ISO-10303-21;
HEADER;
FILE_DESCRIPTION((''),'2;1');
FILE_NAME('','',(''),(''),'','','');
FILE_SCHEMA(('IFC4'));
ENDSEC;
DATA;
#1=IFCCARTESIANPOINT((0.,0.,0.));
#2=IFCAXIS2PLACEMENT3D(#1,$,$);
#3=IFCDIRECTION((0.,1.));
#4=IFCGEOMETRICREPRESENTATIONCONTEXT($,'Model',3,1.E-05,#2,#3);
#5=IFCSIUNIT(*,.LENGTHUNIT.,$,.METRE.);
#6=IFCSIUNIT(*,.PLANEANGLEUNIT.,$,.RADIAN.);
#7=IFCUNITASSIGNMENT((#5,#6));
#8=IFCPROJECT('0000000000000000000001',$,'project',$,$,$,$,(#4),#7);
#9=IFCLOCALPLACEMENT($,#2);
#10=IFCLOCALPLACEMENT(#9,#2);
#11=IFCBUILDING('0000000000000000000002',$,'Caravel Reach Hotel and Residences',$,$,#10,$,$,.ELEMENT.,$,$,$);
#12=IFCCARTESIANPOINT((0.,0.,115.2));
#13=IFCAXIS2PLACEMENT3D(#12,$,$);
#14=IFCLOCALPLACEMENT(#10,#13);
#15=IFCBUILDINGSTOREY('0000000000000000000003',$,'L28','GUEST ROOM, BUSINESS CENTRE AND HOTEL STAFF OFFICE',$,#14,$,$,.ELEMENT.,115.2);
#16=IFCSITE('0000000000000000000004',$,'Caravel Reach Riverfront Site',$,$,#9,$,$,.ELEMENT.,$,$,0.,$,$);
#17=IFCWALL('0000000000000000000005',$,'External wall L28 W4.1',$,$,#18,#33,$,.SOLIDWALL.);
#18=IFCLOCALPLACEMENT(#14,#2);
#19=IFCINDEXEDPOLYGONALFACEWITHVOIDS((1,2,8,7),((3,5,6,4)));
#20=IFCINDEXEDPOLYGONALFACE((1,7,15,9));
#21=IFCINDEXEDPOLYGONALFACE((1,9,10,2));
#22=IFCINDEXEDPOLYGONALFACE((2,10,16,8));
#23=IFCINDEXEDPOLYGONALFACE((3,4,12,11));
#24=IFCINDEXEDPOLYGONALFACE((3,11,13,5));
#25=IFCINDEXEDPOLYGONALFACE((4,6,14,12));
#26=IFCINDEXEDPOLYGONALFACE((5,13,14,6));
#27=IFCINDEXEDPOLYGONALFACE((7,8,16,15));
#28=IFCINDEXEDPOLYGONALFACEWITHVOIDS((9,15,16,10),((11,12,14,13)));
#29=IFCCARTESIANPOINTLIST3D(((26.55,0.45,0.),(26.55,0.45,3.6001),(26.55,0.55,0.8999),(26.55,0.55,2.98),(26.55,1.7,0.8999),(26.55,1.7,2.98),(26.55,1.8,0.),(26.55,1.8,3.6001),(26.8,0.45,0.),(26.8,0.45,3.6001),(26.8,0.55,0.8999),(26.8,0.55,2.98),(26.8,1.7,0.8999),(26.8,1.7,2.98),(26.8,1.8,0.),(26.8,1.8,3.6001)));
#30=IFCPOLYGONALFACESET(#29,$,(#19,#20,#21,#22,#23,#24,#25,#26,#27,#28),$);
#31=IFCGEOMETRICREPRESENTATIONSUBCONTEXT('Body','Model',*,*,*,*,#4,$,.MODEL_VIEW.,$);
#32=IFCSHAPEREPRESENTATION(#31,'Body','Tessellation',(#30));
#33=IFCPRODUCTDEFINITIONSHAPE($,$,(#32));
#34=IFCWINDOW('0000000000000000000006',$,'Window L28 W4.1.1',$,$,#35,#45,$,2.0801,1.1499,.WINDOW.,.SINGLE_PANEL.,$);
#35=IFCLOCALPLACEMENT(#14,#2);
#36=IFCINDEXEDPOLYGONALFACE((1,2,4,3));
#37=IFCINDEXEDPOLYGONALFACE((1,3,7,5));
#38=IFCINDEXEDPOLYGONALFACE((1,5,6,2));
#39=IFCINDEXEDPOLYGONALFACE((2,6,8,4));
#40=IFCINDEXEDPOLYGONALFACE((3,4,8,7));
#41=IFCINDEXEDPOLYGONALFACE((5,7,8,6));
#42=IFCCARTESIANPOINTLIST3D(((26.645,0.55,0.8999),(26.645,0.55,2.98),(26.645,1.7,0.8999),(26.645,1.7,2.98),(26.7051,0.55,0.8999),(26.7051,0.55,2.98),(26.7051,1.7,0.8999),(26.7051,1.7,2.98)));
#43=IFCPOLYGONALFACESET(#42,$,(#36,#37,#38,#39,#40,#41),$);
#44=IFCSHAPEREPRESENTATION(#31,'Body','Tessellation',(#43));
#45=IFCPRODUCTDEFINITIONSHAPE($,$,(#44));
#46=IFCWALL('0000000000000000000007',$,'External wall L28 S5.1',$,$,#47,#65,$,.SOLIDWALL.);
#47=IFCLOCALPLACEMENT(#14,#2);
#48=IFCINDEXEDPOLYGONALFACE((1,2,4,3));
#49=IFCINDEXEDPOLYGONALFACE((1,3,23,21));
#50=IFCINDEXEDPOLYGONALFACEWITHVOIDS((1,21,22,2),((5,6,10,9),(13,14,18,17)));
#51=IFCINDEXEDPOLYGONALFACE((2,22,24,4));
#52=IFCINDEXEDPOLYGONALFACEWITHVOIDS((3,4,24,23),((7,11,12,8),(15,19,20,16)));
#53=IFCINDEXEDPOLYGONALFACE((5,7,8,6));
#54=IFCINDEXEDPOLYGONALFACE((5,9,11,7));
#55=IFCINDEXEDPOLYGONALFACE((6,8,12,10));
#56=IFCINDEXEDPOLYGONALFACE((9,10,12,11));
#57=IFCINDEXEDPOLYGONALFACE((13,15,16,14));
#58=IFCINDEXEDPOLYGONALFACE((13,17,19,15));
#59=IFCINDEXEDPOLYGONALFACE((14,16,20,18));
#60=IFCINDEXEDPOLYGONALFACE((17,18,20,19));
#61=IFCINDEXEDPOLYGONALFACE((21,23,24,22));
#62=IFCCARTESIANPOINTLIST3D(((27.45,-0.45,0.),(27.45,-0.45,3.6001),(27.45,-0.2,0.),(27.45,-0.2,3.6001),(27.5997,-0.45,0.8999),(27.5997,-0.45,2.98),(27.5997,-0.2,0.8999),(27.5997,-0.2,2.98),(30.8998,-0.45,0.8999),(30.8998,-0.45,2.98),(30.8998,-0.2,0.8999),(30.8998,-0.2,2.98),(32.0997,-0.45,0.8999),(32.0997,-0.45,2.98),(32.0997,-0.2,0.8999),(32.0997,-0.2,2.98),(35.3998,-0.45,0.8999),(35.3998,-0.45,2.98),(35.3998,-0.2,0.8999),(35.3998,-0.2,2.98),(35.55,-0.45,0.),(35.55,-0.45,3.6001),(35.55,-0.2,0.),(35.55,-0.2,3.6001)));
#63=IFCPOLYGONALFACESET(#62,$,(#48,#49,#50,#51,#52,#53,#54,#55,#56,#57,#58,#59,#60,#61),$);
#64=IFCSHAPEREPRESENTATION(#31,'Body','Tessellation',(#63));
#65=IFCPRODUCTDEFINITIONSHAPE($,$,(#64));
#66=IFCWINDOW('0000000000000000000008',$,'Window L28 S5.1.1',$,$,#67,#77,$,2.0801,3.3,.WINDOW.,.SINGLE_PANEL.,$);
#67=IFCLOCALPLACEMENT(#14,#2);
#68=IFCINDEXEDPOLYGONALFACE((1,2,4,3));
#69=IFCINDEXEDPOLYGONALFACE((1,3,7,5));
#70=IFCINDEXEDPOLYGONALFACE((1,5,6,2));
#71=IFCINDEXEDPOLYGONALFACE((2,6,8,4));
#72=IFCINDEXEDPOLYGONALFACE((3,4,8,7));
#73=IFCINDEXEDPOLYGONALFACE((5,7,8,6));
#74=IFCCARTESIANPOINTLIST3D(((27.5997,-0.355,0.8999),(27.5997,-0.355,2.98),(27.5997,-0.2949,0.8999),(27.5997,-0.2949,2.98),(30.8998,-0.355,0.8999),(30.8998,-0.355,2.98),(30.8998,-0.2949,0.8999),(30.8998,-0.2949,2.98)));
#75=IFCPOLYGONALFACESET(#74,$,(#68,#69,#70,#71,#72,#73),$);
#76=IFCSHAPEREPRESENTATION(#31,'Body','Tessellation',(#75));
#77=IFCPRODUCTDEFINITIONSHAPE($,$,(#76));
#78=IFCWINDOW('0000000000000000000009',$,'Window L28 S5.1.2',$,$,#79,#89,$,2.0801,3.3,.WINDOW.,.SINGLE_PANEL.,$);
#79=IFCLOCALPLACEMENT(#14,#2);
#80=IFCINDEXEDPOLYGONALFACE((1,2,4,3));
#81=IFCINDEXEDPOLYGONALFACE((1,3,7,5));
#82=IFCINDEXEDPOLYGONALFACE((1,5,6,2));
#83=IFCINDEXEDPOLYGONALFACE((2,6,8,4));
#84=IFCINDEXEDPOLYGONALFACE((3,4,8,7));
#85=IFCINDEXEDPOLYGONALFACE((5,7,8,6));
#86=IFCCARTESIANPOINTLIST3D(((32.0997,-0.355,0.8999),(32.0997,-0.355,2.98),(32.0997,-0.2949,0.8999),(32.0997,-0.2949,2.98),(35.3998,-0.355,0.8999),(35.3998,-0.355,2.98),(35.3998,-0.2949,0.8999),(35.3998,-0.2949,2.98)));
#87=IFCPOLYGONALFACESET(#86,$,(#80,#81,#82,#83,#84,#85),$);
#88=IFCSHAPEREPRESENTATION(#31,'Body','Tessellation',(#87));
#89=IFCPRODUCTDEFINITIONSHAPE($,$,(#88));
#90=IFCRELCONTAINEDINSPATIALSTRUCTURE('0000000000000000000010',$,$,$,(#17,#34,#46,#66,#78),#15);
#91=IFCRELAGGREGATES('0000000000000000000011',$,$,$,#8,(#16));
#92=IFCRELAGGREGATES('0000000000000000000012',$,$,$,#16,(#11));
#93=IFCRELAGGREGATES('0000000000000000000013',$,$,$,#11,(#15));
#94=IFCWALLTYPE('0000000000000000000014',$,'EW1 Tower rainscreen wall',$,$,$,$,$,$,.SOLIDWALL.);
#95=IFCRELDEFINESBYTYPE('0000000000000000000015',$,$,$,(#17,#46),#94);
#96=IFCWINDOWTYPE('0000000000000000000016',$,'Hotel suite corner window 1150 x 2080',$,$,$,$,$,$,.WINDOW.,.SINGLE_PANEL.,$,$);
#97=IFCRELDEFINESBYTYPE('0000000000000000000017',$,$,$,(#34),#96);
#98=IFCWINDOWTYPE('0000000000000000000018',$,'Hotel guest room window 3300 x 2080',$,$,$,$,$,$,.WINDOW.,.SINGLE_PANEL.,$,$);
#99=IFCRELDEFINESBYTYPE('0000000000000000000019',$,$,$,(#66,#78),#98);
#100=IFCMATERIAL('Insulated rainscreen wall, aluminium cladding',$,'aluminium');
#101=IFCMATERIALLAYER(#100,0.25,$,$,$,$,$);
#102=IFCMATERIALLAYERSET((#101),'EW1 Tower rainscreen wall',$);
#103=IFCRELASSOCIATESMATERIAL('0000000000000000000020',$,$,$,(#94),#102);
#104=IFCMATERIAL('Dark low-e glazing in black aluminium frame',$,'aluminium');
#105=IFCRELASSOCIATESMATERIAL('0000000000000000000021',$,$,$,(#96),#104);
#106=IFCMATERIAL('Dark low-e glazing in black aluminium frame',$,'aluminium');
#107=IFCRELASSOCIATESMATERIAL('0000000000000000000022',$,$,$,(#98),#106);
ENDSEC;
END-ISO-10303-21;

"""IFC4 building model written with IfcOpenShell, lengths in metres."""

from ifc_helpers import new_model, si_unit, direction, frame, frame_2d, origin, place, context, subcontext, project, spatial, rectangle, extrude, material, layer, layer_set, type_object, element, fill, save


model = new_model("IFC4")

# Units and contexts
model_context = context("Model", 3, precision=1e-05, world=origin(), true_north=direction((0.0, 1.0)))
body_context = subcontext(model_context, "Body", "Model", "MODEL_VIEW")
ifc_project = project(units=[si_unit("LENGTHUNIT", "METRE"), si_unit("PLANEANGLEUNIT", "RADIAN")], contexts=[model_context])

# Site, building, storey
site_placement = place(None, origin())
site = spatial("IfcSite", under=ifc_project, at=site_placement, Name="Caravel Reach Riverfront Site", CompositionType="ELEMENT", RefElevation=0.0)
building_placement = place(site_placement, origin())
building = spatial("IfcBuilding", under=site, at=building_placement, Name="Caravel Reach Hotel and Residences", CompositionType="ELEMENT")
storey_placement = place(building_placement, frame((0.0, 0.0, 115.2)))
storey = spatial("IfcBuildingStorey", under=building, at=storey_placement, Name="L28", Description="GUEST ROOM, BUSINESS CENTRE AND HOTEL STAFF OFFICE", CompositionType="ELEMENT", Elevation=115.2)

# Wall, opening, window
ifc_material_1 = material(Name="Insulated rainscreen wall, aluminium cladding", Category="aluminium")
ifc_layer = layer(ifc_material_1, 0.25)
ifc_layer_set = layer_set([ifc_layer], Name="EW1 Tower rainscreen wall")
wall_type = type_object("IfcWallType", Name="EW1 Tower rainscreen wall", PredefinedType="SOLIDWALL", material=ifc_layer_set)
ifc_material_2 = material(Name="Dark low-e glazing in black aluminium frame", Category="aluminium")
window_type_1 = type_object("IfcWindowType", Name="Hotel suite corner window 1150 x 2080", PartitioningType="SINGLE_PANEL", PredefinedType="WINDOW", material=ifc_material_2)
wall_1_placement = place(storey_placement, frame((26.675, 1.8, 0.0), z_axis=(0.0, 0.0, 1.0), x_axis=(0.0, -1.0, 0.0)))
wall_1 = element("IfcWall", 1, at=wall_1_placement, inside=storey, type_object=wall_type, Name="External wall L28 W4.1", PredefinedType="SOLIDWALL", context=body_context, shape_type="SweptSolid", body=[
    extrude(rectangle(XDim=1.3501, YDim=0.25, at=frame_2d((0.675, 0.0))), origin(), (0.0, 0.0, 1.0), 3.6001),
])
opening_1_placement = place(wall_1_placement, frame((0.1001, 0.0, 0.8999)))
opening_1 = element("IfcOpeningElement", 2, at=opening_1_placement, cuts=wall_1, PredefinedType="OPENING", context=body_context, shape_type="SweptSolid", body=[
    extrude(rectangle(XDim=1.1499, YDim=2.0801, at=frame_2d((0.575, 1.04))), frame((0.0, 0.135, 0.0), z_axis=(0.0, -1.0, 0.0), x_axis=(1.0, 0.0, 0.0)), (0.0, 0.0, 1.0), 0.27),
])
window_1_placement = place(opening_1_placement, origin())
window_1 = element("IfcWindow", 3, at=window_1_placement, inside=storey, type_object=window_type_1, Name="Window L28 W4.1.1", OverallHeight=2.0801, OverallWidth=1.1499, PartitioningType="SINGLE_PANEL", PredefinedType="WINDOW", context=body_context, shape_type="SweptSolid", body=[
    extrude(rectangle(XDim=1.1499, YDim=2.0801, at=frame_2d((0.575, 1.04))), frame((0.0, 0.03, 0.0), z_axis=(0.0, -1.0, 0.0), x_axis=(1.0, 0.0, 0.0)), (0.0, 0.0, 1.0), 0.0601),
])
fill(opening_1, window_1)

# Wall, openings, windows
wall_2_placement = place(storey_placement, frame((27.45, -0.325, 0.0), z_axis=(0.0, 0.0, 1.0), x_axis=(1.0, 0.0, 0.0)))
wall_2 = element("IfcWall", 4, at=wall_2_placement, inside=storey, type_object=wall_type, Name="External wall L28 S5.1", PredefinedType="SOLIDWALL", context=body_context, shape_type="SweptSolid", body=[
    extrude(rectangle(XDim=8.1001, YDim=0.25, at=frame_2d((4.05, 0.0))), origin(), (0.0, 0.0, 1.0), 3.6001),
])
opening_2_placement = place(wall_2_placement, frame((0.1499, 0.0, 0.8999)))
opening_2 = element("IfcOpeningElement", 5, at=opening_2_placement, cuts=wall_2, PredefinedType="OPENING", context=body_context, shape_type="SweptSolid", body=[
    extrude(rectangle(XDim=3.3, YDim=2.0801, at=frame_2d((1.6499, 1.04))), frame((0.0, 0.135, 0.0), z_axis=(0.0, -1.0, 0.0), x_axis=(1.0, 0.0, 0.0)), (0.0, 0.0, 1.0), 0.27),
])
opening_3_placement = place(wall_2_placement, frame((4.6499, 0.0, 0.8999)))
opening_3 = element("IfcOpeningElement", 6, at=opening_3_placement, cuts=wall_2, PredefinedType="OPENING", context=body_context, shape_type="SweptSolid", body=[
    extrude(rectangle(XDim=3.3, YDim=2.0801, at=frame_2d((1.6499, 1.04))), frame((0.0, 0.135, 0.0), z_axis=(0.0, -1.0, 0.0), x_axis=(1.0, 0.0, 0.0)), (0.0, 0.0, 1.0), 0.27),
])
ifc_material_3 = material(Name="Dark low-e glazing in black aluminium frame", Category="aluminium")
window_type_2 = type_object("IfcWindowType", Name="Hotel guest room window 3300 x 2080", PartitioningType="SINGLE_PANEL", PredefinedType="WINDOW", material=ifc_material_3)
window_2_placement = place(opening_2_placement, origin())
window_2 = element("IfcWindow", 7, at=window_2_placement, inside=storey, type_object=window_type_2, Name="Window L28 S5.1.1", OverallHeight=2.0801, OverallWidth=3.3, PartitioningType="SINGLE_PANEL", PredefinedType="WINDOW", context=body_context, shape_type="SweptSolid", body=[
    extrude(rectangle(XDim=3.3, YDim=2.0801, at=frame_2d((1.6499, 1.04))), frame((0.0, 0.03, 0.0), z_axis=(0.0, -1.0, 0.0), x_axis=(1.0, 0.0, 0.0)), (0.0, 0.0, 1.0), 0.0601),
])
fill(opening_2, window_2)
window_3_placement = place(opening_3_placement, origin())
window_3 = element("IfcWindow", 8, at=window_3_placement, inside=storey, type_object=window_type_2, Name="Window L28 S5.1.2", OverallHeight=2.0801, OverallWidth=3.3, PartitioningType="SINGLE_PANEL", PredefinedType="WINDOW", context=body_context, shape_type="SweptSolid", body=[
    extrude(rectangle(XDim=3.3, YDim=2.0801, at=frame_2d((1.6499, 1.04))), frame((0.0, 0.03, 0.0), z_axis=(0.0, -1.0, 0.0), x_axis=(1.0, 0.0, 0.0)), (0.0, 0.0, 1.0), 0.0601),
])
fill(opening_3, window_3)

save(model, "model.ifc")
